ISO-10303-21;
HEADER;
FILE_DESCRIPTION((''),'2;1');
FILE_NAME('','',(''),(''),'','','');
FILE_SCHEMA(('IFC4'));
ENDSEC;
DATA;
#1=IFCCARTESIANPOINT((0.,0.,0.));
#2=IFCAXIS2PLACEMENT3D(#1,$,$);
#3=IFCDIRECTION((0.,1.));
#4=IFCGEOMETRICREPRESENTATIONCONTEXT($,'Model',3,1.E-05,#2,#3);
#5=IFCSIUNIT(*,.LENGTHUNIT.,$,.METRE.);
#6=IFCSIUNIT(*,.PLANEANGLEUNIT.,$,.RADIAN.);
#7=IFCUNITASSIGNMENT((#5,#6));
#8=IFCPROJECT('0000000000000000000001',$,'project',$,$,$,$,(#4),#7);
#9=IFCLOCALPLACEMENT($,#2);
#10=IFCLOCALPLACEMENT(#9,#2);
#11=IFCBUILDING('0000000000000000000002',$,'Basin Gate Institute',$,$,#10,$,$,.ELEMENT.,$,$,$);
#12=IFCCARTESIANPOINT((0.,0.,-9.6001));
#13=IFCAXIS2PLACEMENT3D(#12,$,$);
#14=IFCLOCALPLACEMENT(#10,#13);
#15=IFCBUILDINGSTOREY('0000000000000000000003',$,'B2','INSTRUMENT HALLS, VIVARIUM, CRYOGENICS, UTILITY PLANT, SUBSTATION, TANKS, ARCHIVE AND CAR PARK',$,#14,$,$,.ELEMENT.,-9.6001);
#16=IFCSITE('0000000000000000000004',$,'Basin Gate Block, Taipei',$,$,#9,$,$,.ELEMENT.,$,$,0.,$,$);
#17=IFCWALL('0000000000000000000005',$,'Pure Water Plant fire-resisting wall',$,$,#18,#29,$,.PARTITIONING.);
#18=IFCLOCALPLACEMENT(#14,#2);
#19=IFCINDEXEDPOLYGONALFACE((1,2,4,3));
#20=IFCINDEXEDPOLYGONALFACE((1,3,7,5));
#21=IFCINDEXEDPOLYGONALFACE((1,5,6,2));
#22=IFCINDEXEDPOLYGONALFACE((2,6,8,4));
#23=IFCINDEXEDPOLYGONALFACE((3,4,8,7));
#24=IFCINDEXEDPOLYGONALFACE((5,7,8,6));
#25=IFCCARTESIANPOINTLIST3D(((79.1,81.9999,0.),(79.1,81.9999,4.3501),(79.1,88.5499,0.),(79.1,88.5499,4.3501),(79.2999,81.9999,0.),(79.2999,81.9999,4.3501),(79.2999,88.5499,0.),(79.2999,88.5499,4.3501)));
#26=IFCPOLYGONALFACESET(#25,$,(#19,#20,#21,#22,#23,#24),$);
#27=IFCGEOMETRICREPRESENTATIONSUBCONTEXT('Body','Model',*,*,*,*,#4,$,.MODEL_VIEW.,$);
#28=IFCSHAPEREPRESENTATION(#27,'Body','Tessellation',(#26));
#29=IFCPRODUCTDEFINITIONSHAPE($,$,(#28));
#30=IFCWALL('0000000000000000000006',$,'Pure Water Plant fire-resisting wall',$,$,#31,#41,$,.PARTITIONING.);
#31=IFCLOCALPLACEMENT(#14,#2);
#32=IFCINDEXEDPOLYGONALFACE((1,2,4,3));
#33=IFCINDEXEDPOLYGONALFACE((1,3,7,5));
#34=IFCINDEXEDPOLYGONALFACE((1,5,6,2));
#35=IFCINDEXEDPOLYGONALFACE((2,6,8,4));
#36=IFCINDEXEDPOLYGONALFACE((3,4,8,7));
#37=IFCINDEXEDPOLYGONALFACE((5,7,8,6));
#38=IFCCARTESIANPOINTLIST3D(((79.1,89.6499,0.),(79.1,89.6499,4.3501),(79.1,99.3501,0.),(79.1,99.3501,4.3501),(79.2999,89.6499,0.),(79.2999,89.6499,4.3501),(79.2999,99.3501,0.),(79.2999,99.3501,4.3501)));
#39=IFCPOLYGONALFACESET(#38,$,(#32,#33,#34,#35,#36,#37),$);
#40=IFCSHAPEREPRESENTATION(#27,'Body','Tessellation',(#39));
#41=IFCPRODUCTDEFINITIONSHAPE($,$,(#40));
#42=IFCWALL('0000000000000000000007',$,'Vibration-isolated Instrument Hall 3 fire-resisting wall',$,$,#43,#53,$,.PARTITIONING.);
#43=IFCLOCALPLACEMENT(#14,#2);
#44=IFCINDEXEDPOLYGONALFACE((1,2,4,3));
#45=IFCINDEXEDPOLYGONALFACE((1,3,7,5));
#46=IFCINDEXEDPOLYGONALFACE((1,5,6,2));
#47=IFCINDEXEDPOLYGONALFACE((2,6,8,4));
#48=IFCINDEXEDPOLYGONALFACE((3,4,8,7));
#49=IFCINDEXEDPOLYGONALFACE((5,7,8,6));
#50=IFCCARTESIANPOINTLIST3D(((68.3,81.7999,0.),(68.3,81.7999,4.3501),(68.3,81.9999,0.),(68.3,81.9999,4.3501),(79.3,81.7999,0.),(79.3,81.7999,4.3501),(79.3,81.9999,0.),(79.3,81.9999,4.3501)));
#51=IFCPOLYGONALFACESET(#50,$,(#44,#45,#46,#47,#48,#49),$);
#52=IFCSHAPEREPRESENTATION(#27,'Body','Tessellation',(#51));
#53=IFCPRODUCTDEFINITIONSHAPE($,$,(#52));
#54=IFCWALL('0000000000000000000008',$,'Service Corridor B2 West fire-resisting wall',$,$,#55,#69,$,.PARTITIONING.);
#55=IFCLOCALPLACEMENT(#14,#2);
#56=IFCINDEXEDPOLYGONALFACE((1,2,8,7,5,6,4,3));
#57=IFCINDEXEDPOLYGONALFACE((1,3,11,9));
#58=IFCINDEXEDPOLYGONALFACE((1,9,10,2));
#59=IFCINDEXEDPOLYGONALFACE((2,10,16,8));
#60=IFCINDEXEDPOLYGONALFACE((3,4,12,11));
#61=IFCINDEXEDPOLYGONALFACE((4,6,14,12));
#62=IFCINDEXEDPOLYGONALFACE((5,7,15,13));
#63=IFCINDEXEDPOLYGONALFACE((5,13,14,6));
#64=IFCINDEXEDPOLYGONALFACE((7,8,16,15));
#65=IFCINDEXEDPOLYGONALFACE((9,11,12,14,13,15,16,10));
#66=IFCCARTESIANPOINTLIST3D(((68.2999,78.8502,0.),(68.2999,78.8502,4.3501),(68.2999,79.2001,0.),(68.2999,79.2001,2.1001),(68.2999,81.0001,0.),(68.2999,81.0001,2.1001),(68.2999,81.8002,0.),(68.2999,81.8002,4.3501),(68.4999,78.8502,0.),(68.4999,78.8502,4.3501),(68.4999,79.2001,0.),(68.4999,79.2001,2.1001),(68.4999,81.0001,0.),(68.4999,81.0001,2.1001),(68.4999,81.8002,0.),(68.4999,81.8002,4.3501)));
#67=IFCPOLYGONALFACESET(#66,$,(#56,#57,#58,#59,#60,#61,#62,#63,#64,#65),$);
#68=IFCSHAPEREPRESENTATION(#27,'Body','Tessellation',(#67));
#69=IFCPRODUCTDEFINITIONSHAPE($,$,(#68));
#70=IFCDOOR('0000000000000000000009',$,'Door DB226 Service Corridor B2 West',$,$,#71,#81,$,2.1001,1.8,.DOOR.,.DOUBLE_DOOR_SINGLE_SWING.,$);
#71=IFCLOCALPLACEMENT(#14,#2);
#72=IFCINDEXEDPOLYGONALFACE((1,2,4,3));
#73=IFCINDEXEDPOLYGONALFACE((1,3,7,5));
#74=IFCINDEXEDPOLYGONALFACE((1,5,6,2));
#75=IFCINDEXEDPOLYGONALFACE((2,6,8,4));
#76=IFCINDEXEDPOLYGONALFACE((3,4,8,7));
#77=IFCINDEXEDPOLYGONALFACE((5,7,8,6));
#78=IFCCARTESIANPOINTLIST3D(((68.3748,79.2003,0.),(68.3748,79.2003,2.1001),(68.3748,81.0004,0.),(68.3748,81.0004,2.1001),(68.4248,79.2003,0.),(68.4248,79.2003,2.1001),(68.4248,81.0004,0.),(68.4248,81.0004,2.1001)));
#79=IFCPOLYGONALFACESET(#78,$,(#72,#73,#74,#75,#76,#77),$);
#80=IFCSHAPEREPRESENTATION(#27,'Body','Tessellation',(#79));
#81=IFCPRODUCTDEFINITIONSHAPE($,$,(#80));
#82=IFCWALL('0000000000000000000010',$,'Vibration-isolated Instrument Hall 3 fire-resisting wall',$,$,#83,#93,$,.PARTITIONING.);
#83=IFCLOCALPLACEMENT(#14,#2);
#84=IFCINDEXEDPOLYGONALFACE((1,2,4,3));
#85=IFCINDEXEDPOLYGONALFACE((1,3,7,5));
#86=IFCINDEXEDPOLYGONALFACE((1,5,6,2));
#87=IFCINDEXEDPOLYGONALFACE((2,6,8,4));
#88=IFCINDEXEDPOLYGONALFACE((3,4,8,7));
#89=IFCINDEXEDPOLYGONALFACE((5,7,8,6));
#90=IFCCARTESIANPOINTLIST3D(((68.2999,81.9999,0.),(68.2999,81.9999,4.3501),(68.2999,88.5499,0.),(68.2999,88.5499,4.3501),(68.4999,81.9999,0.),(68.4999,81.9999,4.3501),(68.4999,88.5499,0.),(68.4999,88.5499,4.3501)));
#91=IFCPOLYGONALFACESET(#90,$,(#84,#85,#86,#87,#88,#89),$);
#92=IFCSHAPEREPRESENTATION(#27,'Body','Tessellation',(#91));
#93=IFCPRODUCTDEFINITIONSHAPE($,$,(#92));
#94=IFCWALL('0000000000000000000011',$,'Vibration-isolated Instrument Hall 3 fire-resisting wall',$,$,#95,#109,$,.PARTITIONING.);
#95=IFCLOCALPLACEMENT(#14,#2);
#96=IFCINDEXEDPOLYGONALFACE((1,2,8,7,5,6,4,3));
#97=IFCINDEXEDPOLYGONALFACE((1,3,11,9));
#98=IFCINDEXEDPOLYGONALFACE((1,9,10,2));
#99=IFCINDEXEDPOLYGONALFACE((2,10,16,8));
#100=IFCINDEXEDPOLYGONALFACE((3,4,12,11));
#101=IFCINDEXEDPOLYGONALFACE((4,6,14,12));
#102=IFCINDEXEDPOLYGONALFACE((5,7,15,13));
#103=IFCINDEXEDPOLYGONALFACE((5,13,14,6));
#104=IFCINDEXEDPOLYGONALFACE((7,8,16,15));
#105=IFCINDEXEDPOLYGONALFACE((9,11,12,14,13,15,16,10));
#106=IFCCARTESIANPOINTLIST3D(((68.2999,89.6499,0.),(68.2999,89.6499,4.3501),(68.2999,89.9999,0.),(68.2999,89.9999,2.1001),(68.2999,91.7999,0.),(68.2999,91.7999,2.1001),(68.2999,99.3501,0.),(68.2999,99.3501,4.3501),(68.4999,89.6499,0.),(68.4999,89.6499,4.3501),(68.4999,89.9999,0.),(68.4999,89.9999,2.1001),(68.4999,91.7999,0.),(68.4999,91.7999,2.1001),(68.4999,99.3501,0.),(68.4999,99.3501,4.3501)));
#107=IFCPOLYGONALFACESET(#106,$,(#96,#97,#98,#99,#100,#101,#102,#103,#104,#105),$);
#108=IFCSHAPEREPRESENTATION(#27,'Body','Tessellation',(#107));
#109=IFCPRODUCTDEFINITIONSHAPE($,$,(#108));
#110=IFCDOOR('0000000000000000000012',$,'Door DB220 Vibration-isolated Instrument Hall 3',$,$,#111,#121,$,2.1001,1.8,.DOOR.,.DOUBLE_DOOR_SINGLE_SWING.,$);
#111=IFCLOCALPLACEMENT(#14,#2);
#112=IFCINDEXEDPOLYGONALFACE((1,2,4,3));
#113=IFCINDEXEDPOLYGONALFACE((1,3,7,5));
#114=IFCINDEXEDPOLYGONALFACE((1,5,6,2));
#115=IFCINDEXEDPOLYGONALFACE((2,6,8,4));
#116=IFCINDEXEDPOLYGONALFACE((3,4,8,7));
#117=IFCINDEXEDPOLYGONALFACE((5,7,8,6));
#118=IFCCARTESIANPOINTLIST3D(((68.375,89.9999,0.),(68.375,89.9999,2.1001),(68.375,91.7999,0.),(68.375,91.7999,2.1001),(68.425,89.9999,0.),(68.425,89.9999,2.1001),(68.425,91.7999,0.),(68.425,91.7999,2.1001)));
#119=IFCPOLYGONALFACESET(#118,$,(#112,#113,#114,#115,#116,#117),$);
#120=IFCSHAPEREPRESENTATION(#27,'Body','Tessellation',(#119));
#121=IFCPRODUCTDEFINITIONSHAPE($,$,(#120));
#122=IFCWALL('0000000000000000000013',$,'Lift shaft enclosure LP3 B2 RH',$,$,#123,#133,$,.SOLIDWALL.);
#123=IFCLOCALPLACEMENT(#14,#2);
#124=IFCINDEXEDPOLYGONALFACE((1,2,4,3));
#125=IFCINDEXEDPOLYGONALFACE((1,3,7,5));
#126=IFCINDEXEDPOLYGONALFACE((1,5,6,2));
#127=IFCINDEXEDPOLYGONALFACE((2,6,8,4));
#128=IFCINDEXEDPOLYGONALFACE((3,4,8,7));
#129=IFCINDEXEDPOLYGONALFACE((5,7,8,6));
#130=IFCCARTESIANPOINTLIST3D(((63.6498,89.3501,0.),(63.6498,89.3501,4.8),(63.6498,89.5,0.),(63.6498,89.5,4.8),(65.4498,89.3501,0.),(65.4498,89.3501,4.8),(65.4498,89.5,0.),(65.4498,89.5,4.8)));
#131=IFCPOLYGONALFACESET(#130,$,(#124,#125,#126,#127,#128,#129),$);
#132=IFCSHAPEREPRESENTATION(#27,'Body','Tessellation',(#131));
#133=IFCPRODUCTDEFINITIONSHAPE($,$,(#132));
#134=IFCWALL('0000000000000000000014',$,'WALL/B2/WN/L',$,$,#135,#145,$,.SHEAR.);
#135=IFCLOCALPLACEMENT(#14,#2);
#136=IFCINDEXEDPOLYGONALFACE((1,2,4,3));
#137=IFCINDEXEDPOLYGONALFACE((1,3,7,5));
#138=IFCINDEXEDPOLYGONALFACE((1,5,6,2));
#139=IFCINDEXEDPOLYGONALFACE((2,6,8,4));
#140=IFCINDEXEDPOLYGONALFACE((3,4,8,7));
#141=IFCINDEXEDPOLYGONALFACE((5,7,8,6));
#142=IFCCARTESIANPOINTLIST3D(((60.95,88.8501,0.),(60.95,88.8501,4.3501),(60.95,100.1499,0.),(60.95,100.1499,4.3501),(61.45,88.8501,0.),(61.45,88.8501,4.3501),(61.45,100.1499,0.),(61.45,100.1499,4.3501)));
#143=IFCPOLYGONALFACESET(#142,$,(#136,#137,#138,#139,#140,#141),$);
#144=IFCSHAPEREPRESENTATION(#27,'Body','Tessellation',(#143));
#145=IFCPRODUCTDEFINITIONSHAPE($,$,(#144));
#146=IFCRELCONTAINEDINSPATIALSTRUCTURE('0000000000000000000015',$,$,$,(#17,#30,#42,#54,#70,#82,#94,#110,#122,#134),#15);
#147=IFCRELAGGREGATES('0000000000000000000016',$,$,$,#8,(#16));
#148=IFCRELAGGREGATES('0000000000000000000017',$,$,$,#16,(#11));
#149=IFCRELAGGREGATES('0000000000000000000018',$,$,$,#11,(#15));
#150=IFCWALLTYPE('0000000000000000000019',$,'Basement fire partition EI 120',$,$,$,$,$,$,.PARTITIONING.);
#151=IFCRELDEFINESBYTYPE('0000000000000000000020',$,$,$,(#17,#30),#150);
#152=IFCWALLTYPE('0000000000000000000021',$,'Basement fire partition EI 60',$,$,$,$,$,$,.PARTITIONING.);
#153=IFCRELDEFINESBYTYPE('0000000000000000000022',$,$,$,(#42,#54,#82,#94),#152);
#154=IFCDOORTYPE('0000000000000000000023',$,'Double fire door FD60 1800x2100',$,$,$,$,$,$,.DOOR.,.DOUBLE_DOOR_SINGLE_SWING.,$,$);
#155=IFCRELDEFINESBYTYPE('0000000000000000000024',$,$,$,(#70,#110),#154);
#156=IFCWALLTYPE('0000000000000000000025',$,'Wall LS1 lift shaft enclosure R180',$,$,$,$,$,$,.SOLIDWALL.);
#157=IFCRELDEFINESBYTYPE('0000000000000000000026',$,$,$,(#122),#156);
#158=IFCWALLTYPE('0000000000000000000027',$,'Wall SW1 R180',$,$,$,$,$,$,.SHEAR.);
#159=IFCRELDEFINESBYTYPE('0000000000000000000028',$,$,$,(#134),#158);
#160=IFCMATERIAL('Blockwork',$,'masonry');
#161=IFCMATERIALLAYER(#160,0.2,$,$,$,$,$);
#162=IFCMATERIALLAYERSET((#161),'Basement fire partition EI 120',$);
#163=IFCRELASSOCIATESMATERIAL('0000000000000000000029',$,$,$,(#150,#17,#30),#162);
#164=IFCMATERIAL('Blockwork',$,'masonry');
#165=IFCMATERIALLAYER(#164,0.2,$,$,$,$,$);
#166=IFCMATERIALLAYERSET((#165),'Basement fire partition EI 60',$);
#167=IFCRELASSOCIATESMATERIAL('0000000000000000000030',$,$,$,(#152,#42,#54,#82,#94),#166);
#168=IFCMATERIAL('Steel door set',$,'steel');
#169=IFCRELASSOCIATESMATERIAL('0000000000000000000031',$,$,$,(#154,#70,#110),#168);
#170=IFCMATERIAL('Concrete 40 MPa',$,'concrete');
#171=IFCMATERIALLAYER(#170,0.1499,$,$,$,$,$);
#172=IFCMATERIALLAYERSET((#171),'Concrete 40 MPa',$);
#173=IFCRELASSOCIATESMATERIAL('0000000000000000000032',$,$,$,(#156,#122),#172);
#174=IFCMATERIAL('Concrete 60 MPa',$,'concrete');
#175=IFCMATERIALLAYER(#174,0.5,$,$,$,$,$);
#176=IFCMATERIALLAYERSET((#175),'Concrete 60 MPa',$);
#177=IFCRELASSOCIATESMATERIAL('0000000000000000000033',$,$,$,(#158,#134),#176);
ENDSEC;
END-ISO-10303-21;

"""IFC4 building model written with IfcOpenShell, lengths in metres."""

from ifc_helpers import new_model, si_unit, direction, frame, frame_2d, origin, place, context, subcontext, project, spatial, rectangle, extrude, material, layer, layer_set, type_object, element, fill, save


model = new_model("IFC4")

# Units and contexts
model_context = context("Model", 3, precision=1e-05, world=origin(), true_north=direction((0.0, 1.0)))
body_context = subcontext(model_context, "Body", "Model", "MODEL_VIEW")
ifc_project = project(units=[si_unit("LENGTHUNIT", "METRE"), si_unit("PLANEANGLEUNIT", "RADIAN")], contexts=[model_context])

# Site, building, storey
site_placement = place(None, origin())
site = spatial("IfcSite", under=ifc_project, at=site_placement, Name="Basin Gate Block, Taipei", CompositionType="ELEMENT", RefElevation=0.0)
building_placement = place(site_placement, origin())
building = spatial("IfcBuilding", under=site, at=building_placement, Name="Basin Gate Institute", CompositionType="ELEMENT")
storey_placement = place(building_placement, frame((0.0, 0.0, -9.6001)))
storey = spatial("IfcBuildingStorey", under=building, at=storey_placement, Name="B2", Description="INSTRUMENT HALLS, VIVARIUM, CRYOGENICS, UTILITY PLANT, SUBSTATION, TANKS, ARCHIVE AND CAR PARK", CompositionType="ELEMENT", Elevation=-9.6001)

# Walls
ifc_material_1 = material(Name="Blockwork", Category="masonry")
ifc_layer_1 = layer(ifc_material_1, 0.2)
ifc_layer_set_1 = layer_set([ifc_layer_1], Name="Basement fire partition EI 120")
wall_type_1 = type_object("IfcWallType", Name="Basement fire partition EI 120", PredefinedType="PARTITIONING", material=ifc_layer_set_1)
wall_1_placement = place(storey_placement, frame((79.2, 82.0, 0.0), z_axis=(0.0, 0.0, 1.0), x_axis=(0.0, 1.0, 0.0)))
element("IfcWall", 1, at=wall_1_placement, inside=storey, type_object=wall_type_1, material=ifc_layer_set_1, Name="Pure Water Plant fire-resisting wall", PredefinedType="PARTITIONING", context=body_context, shape_type="SweptSolid", body=[
    extrude(rectangle(XDim=6.55, YDim=0.2, at=frame_2d((3.2749, 0.0))), origin(), (0.0, 0.0, 1.0), 4.3501),
])
wall_2_placement = place(storey_placement, frame((79.2, 89.6499, 0.0), z_axis=(0.0, 0.0, 1.0), x_axis=(0.0, 1.0, 0.0)))
element("IfcWall", 2, at=wall_2_placement, inside=storey, type_object=wall_type_1, material=ifc_layer_set_1, Name="Pure Water Plant fire-resisting wall", PredefinedType="PARTITIONING", context=body_context, shape_type="SweptSolid", body=[
    extrude(rectangle(XDim=9.7002, YDim=0.2, at=frame_2d((4.8501, 0.0))), origin(), (0.0, 0.0, 1.0), 4.3501),
])
ifc_material_2 = material(Name="Blockwork", Category="masonry")
ifc_layer_2 = layer(ifc_material_2, 0.2)
ifc_layer_set_2 = layer_set([ifc_layer_2], Name="Basement fire partition EI 60")
wall_type_2 = type_object("IfcWallType", Name="Basement fire partition EI 60", PredefinedType="PARTITIONING", material=ifc_layer_set_2)
wall_3_placement = place(storey_placement, frame((68.3, 81.8999, 0.0), z_axis=(0.0, 0.0, 1.0), x_axis=(1.0, 0.0, 0.0)))
element("IfcWall", 3, at=wall_3_placement, inside=storey, type_object=wall_type_2, material=ifc_layer_set_2, Name="Vibration-isolated Instrument Hall 3 fire-resisting wall", PredefinedType="PARTITIONING", context=body_context, shape_type="SweptSolid", body=[
    extrude(rectangle(XDim=11.0, YDim=0.2, at=frame_2d((5.5, 0.0))), origin(), (0.0, 0.0, 1.0), 4.3501),
])

# Wall, opening, door
wall_4_placement = place(storey_placement, frame((68.3999, 78.8501, 0.0), z_axis=(0.0, 0.0, 1.0), x_axis=(0.0, 1.0, 0.0)))
wall_4 = element("IfcWall", 4, at=wall_4_placement, inside=storey, type_object=wall_type_2, material=ifc_layer_set_2, Name="Service Corridor B2 West fire-resisting wall", PredefinedType="PARTITIONING", context=body_context, shape_type="SweptSolid", body=[
    extrude(rectangle(XDim=2.95, YDim=0.2, at=frame_2d((1.4751, 0.0))), origin(), (0.0, 0.0, 1.0), 4.3501),
])
opening_1_placement = place(wall_4_placement, frame((0.3501, 0.0, 0.0)))
opening_1 = element("IfcOpeningElement", 5, at=opening_1_placement, cuts=wall_4, PredefinedType="OPENING", context=body_context, shape_type="SweptSolid", body=[
    extrude(rectangle(XDim=1.8, YDim=2.1001, at=frame_2d((0.8999, 1.05))), frame((0.0, 0.1099, 0.0), z_axis=(0.0, -1.0, 0.0), x_axis=(1.0, 0.0, 0.0)), (0.0, 0.0, 1.0), 0.22),
])
ifc_material_3 = material(Name="Steel door set", Category="steel")
door_type_1 = type_object("IfcDoorType", Name="Double fire door FD60 1800x2100", OperationType="DOUBLE_DOOR_SINGLE_SWING", PredefinedType="DOOR", material=ifc_material_3)
door_1_placement = place(opening_1_placement, frame((1.8, 0.0, 0.0), z_axis=(0.0, 0.0, 1.0), x_axis=(-1.0, 0.0, 0.0)))
door_1 = element("IfcDoor", 6, at=door_1_placement, inside=storey, type_object=door_type_1, material=ifc_material_3, Name="Door DB226 Service Corridor B2 West", OperationType="DOUBLE_DOOR_SINGLE_SWING", OverallHeight=2.1001, OverallWidth=1.8, PredefinedType="DOOR", context=body_context, shape_type="SweptSolid", body=[
    extrude(rectangle(XDim=1.8, YDim=2.1001, at=frame_2d((0.8999, 1.05))), frame((0.0, 0.0249, 0.0), z_axis=(0.0, -1.0, 0.0), x_axis=(1.0, 0.0, 0.0)), (0.0, 0.0, 1.0), 0.05),
])
fill(opening_1, door_1)

# Wall
wall_5_placement = place(storey_placement, frame((68.3999, 82.0, 0.0), z_axis=(0.0, 0.0, 1.0), x_axis=(0.0, 1.0, 0.0)))
element("IfcWall", 7, at=wall_5_placement, inside=storey, type_object=wall_type_2, material=ifc_layer_set_2, Name="Vibration-isolated Instrument Hall 3 fire-resisting wall", PredefinedType="PARTITIONING", context=body_context, shape_type="SweptSolid", body=[
    extrude(rectangle(XDim=6.55, YDim=0.2, at=frame_2d((3.2749, 0.0))), origin(), (0.0, 0.0, 1.0), 4.3501),
])

# Wall, opening, door
wall_6_placement = place(storey_placement, frame((68.3999, 89.6499, 0.0), z_axis=(0.0, 0.0, 1.0), x_axis=(0.0, 1.0, 0.0)))
wall_6 = element("IfcWall", 8, at=wall_6_placement, inside=storey, type_object=wall_type_2, material=ifc_layer_set_2, Name="Vibration-isolated Instrument Hall 3 fire-resisting wall", PredefinedType="PARTITIONING", context=body_context, shape_type="SweptSolid", body=[
    extrude(rectangle(XDim=9.7002, YDim=0.2, at=frame_2d((4.8501, 0.0))), origin(), (0.0, 0.0, 1.0), 4.3501),
])
opening_2_placement = place(wall_6_placement, frame((0.3501, 0.0, 0.0)))
opening_2 = element("IfcOpeningElement", 9, at=opening_2_placement, cuts=wall_6, PredefinedType="OPENING", context=body_context, shape_type="SweptSolid", body=[
    extrude(rectangle(XDim=1.8, YDim=2.1001, at=frame_2d((0.8999, 1.05))), frame((0.0, 0.1099, 0.0), z_axis=(0.0, -1.0, 0.0), x_axis=(1.0, 0.0, 0.0)), (0.0, 0.0, 1.0), 0.22),
])
door_2_placement = place(opening_2_placement, origin())
door_2 = element("IfcDoor", 10, at=door_2_placement, inside=storey, type_object=door_type_1, material=ifc_material_3, Name="Door DB220 Vibration-isolated Instrument Hall 3", OperationType="DOUBLE_DOOR_SINGLE_SWING", OverallHeight=2.1001, OverallWidth=1.8, PredefinedType="DOOR", context=body_context, shape_type="SweptSolid", body=[
    extrude(rectangle(XDim=1.8, YDim=2.1001, at=frame_2d((0.8999, 1.05))), frame((0.0, 0.0249, 0.0), z_axis=(0.0, -1.0, 0.0), x_axis=(1.0, 0.0, 0.0)), (0.0, 0.0, 1.0), 0.05),
])
fill(opening_2, door_2)

# Walls
ifc_material_4 = material(Name="Concrete 40 MPa", Category="concrete")
ifc_layer_3 = layer(ifc_material_4, 0.1499)
ifc_layer_set_3 = layer_set([ifc_layer_3], Name="Concrete 40 MPa")
wall_type_3 = type_object("IfcWallType", Name="Wall LS1 lift shaft enclosure R180", PredefinedType="SOLIDWALL", material=ifc_layer_set_3)
wall_7_placement = place(storey_placement, frame((63.6499, 89.425, 0.0), z_axis=(0.0, 0.0, 1.0), x_axis=(1.0, 0.0, 0.0)))
element("IfcWall", 11, at=wall_7_placement, inside=storey, type_object=wall_type_3, material=ifc_layer_set_3, Name="Lift shaft enclosure LP3 B2 RH", PredefinedType="SOLIDWALL", context=body_context, shape_type="SweptSolid", body=[
    extrude(rectangle(XDim=1.8, YDim=0.1499, at=frame_2d((0.8999, 0.0))), origin(), (0.0, 0.0, 1.0), 4.8),
])
ifc_material_5 = material(Name="Concrete 60 MPa", Category="concrete")
ifc_layer_4 = layer(ifc_material_5, 0.5)
ifc_layer_set_4 = layer_set([ifc_layer_4], Name="Concrete 60 MPa")
wall_type_4 = type_object("IfcWallType", Name="Wall SW1 R180", PredefinedType="SHEAR", material=ifc_layer_set_4)
wall_8_placement = place(storey_placement, frame((61.2, 88.8501, 0.0), z_axis=(0.0, 0.0, 1.0), x_axis=(0.0, 1.0, 0.0)))
element("IfcWall", 12, at=wall_8_placement, inside=storey, type_object=wall_type_4, material=ifc_layer_set_4, Name="WALL/B2/WN/L", PredefinedType="SHEAR", context=body_context, shape_type="SweptSolid", body=[
    extrude(rectangle(XDim=11.2998, YDim=0.5, at=frame_2d((5.6499, 0.0))), origin(), (0.0, 0.0, 1.0), 4.3501),
])

save(model, "model.ifc")
